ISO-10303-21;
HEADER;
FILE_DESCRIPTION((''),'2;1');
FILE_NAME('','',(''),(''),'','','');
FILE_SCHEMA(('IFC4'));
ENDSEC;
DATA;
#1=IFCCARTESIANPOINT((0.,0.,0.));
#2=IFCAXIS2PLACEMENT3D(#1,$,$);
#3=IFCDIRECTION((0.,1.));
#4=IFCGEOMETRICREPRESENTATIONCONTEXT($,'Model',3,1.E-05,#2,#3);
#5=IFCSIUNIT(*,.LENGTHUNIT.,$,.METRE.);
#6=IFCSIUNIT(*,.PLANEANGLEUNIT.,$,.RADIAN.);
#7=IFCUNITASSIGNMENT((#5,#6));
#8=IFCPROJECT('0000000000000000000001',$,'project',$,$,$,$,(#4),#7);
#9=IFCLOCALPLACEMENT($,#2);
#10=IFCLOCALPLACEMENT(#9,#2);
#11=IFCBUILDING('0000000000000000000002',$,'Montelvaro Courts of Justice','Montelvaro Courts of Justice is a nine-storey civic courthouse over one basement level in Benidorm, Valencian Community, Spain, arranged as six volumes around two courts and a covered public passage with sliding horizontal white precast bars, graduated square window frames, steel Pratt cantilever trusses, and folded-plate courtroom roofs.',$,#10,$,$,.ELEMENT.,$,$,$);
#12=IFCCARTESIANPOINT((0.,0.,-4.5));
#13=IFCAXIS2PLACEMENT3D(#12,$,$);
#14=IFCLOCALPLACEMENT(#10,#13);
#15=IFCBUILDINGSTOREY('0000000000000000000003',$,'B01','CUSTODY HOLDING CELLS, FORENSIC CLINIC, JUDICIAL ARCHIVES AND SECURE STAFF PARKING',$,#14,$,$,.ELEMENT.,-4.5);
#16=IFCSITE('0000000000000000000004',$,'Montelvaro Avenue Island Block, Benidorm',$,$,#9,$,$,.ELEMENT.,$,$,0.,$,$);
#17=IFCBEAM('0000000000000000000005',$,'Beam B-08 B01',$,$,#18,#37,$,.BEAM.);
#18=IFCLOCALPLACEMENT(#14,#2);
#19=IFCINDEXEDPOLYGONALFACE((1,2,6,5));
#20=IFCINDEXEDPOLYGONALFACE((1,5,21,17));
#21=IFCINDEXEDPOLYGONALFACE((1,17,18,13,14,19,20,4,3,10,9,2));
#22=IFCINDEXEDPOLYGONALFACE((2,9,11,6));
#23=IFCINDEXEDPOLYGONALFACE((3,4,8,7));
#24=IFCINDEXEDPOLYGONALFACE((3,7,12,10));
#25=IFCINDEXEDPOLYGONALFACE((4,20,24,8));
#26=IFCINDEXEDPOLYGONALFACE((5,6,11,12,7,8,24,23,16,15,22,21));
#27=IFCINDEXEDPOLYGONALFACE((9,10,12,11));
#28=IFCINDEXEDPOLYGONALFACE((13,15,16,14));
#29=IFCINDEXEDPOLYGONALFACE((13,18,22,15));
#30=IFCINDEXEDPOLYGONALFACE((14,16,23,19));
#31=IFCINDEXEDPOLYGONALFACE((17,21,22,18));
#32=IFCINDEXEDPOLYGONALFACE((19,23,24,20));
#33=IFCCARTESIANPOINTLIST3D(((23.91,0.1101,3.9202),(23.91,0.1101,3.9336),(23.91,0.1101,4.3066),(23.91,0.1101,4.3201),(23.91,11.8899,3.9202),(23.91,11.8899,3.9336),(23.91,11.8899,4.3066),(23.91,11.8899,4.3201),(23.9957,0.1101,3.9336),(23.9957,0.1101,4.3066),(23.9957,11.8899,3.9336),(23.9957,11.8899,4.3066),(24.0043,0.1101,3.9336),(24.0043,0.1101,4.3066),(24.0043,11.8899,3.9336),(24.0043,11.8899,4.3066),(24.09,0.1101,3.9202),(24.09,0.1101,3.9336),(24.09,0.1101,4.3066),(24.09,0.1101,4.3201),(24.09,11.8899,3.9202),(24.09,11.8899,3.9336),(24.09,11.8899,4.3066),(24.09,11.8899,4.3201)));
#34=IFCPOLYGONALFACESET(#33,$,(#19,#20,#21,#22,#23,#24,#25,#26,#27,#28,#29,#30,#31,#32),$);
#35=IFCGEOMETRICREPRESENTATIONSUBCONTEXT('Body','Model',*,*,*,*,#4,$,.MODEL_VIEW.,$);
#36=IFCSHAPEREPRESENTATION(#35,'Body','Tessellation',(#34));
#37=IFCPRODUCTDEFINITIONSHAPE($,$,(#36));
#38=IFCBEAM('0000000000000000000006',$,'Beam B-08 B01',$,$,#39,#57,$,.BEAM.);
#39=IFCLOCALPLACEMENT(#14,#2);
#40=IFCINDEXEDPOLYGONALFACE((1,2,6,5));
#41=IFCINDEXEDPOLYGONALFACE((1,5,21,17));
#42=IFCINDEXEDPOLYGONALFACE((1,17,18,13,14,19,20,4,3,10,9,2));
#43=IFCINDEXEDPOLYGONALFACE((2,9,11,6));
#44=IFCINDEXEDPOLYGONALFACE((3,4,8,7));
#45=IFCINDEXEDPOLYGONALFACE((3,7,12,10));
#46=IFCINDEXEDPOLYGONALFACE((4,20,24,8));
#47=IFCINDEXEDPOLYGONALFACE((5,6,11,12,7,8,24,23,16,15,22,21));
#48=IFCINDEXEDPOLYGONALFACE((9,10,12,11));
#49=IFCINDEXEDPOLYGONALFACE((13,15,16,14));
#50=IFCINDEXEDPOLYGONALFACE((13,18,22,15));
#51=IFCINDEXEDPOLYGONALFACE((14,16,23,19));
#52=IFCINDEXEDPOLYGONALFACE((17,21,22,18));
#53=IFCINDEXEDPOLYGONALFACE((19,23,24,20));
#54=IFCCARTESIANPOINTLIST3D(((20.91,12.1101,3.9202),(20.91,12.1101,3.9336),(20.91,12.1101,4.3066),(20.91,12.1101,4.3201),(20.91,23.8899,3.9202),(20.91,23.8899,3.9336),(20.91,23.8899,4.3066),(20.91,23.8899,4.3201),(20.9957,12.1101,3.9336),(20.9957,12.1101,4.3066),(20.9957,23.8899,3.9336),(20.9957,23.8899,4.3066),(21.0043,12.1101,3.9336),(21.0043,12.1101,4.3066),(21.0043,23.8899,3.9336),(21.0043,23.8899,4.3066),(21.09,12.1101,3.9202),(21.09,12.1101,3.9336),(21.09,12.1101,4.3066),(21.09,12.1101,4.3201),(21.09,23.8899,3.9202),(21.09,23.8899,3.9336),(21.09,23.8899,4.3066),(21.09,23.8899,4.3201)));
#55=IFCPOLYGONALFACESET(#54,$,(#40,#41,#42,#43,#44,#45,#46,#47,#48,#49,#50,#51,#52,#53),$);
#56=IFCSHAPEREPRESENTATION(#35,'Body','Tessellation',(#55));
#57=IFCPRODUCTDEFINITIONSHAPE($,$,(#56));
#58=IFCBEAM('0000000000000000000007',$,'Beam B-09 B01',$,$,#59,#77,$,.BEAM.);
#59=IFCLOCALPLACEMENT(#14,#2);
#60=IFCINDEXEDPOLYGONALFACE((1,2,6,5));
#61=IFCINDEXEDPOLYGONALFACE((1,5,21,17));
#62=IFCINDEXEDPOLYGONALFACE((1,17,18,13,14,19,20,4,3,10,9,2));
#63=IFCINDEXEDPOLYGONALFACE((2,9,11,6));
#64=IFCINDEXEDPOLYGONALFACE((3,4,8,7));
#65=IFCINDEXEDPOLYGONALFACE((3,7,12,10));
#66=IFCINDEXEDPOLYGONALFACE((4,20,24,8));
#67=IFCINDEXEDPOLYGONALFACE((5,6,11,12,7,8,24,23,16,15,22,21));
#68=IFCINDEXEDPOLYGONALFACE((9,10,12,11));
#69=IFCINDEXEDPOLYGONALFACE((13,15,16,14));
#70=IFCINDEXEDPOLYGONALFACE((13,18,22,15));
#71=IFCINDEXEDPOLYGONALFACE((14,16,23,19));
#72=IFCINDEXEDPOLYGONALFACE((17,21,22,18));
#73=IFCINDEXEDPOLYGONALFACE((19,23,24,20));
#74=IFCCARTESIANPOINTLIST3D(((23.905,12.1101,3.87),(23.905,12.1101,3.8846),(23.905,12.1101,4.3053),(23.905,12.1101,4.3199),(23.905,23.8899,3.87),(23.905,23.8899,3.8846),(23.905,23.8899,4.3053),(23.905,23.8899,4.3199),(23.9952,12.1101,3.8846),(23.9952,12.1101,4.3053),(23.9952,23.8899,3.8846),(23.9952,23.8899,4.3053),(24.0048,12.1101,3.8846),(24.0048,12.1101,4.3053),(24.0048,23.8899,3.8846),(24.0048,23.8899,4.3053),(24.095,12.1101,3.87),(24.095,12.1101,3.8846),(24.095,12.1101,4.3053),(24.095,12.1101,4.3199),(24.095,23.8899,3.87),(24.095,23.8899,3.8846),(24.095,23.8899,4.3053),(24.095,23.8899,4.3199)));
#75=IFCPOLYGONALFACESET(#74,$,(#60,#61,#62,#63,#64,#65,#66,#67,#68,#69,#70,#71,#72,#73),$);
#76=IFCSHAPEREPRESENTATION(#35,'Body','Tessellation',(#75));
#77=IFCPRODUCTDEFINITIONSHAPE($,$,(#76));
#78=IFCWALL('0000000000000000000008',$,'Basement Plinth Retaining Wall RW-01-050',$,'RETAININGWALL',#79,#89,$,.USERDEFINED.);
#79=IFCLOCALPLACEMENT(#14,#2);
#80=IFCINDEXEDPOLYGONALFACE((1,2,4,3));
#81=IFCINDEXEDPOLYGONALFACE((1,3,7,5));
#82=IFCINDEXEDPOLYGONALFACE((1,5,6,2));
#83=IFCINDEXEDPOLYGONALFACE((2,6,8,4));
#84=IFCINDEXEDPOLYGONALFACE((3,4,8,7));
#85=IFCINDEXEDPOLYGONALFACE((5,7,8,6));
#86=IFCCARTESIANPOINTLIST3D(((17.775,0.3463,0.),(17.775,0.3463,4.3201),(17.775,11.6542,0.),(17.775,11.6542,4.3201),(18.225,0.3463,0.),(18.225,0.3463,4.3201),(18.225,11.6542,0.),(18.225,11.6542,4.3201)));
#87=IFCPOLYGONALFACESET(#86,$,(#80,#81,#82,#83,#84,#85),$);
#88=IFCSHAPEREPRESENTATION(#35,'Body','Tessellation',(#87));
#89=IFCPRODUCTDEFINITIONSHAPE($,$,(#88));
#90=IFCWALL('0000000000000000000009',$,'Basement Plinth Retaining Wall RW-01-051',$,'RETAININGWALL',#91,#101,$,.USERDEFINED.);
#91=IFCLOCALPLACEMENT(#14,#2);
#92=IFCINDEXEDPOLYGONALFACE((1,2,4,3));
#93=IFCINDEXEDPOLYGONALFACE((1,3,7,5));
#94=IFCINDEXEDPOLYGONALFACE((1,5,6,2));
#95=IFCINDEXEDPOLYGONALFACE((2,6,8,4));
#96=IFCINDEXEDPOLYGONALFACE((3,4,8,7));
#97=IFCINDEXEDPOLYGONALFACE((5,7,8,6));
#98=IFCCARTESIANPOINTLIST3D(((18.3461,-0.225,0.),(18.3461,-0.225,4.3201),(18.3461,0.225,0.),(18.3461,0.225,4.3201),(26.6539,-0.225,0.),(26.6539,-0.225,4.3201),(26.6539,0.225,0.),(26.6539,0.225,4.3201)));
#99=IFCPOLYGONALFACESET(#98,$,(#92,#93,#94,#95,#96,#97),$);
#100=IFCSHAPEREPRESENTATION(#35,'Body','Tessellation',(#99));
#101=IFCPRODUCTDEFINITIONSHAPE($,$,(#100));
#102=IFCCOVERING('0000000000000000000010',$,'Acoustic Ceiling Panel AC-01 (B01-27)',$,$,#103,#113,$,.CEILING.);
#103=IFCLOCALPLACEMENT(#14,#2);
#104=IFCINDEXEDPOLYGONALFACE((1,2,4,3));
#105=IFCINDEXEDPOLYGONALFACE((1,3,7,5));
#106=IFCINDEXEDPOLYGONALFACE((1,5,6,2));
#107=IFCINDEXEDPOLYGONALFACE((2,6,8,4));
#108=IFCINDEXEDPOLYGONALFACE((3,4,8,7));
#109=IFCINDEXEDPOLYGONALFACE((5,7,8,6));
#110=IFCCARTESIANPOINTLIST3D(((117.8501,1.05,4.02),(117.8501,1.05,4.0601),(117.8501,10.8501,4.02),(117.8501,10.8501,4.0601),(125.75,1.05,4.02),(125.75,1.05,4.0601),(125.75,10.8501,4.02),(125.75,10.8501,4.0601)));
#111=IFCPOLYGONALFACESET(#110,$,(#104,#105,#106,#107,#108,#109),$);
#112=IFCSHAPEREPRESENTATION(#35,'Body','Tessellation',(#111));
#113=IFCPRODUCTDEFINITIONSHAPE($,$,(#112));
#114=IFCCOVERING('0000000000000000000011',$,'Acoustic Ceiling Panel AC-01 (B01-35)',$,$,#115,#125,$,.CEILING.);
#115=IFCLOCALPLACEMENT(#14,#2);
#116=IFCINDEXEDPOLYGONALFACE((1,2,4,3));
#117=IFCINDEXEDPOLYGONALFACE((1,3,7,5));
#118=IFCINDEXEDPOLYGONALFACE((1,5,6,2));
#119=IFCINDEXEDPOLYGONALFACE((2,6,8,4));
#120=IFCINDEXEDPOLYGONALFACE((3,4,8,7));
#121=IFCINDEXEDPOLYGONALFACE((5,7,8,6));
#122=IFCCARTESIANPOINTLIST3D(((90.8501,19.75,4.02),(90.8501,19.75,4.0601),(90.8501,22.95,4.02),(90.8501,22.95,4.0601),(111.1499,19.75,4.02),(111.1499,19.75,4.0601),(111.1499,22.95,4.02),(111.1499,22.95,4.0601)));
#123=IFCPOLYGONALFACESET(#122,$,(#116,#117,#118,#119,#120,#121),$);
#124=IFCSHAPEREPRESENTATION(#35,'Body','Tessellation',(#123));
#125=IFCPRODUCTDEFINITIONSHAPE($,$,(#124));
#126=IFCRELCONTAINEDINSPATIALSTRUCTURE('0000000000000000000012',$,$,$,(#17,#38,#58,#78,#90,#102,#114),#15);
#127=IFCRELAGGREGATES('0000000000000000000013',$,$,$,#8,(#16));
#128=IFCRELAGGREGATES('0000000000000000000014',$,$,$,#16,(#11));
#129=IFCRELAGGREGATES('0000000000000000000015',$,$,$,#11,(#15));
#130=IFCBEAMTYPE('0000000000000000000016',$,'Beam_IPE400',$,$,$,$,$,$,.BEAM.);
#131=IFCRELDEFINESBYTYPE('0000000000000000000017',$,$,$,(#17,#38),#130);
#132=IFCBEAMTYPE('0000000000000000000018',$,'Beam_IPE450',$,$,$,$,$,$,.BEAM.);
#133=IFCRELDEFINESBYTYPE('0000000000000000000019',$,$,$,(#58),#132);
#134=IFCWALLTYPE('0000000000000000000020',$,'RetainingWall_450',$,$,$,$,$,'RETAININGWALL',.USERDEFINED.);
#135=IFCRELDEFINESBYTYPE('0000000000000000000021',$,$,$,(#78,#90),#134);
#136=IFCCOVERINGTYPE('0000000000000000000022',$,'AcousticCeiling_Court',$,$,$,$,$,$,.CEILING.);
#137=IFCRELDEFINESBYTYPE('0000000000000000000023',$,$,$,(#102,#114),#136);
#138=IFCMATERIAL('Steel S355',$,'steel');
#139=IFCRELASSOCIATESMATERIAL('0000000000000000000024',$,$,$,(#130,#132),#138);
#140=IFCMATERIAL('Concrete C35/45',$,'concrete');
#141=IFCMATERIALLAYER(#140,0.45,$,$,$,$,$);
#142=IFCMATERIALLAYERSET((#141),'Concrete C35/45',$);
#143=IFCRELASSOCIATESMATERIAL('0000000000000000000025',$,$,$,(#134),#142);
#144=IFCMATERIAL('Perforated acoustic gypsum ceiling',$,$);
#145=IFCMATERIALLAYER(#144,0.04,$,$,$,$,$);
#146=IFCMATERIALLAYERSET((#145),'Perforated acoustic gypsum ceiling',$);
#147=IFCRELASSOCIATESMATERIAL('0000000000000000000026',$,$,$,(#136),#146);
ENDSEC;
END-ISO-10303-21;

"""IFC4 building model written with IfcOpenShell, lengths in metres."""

from ifc_helpers import new_model, si_unit, direction, frame, frame_2d, origin, origin_2d, place, context, subcontext, project, spatial, polyline, rectangle, i_section, outline, extrude, material, layer, layer_set, material_profile, profile_set, type_object, element, save


model = new_model("IFC4")

# Units and contexts
model_context = context("Model", 3, precision=1e-05, world=origin(), true_north=direction((0.0, 1.0)))
body_context = subcontext(model_context, "Body", "Model", "MODEL_VIEW")
ifc_project = project(units=[si_unit("LENGTHUNIT", "METRE"), si_unit("PLANEANGLEUNIT", "RADIAN")], contexts=[model_context])

# Site, building, storey
site_placement = place(None, origin())
site = spatial("IfcSite", under=ifc_project, at=site_placement, Name="Montelvaro Avenue Island Block, Benidorm", CompositionType="ELEMENT", RefElevation=0.0)
building_placement = place(site_placement, origin())
building = spatial("IfcBuilding", under=site, at=building_placement, Name="Montelvaro Courts of Justice", Description="Montelvaro Courts of Justice is a nine-storey civic courthouse over one basement level in Benidorm, Valencian Community, Spain, arranged as six volumes around two courts and a covered public passage with sliding horizontal white precast bars, graduated square window frames, steel Pratt cantilever trusses, and folded-plate courtroom roofs.", CompositionType="ELEMENT")
storey_placement = place(building_placement, frame((0.0, 0.0, -4.5)))
storey = spatial("IfcBuildingStorey", under=building, at=storey_placement, Name="B01", Description="CUSTODY HOLDING CELLS, FORENSIC CLINIC, JUDICIAL ARCHIVES AND SECURE STAFF PARKING", CompositionType="ELEMENT", Elevation=-4.5)

# Shared definitions
ifc_material_1 = material(Name="Concrete C35/45", Category="concrete")

# Beams
ifc_material_2 = material(Name="Steel S355", Category="steel")
ifc_material_profile_1 = material_profile(ifc_material_2, i_section(OverallWidth=0.1799, OverallDepth=0.3999, WebThickness=0.0085, FlangeThickness=0.0134, at=origin_2d()), Name="IPE 400")
ifc_profile_set_1 = profile_set([ifc_material_profile_1], Name="Steel S355")
beam_type_1 = type_object("IfcBeamType", Name="Beam_IPE400", PredefinedType="BEAM", material=ifc_profile_set_1)
for number, where, z_axis, x_axis, name in (
    (1, (24.0, 0.1101, 4.1201), (0.0, 1.0, 0.0), (-1.0, 0.0, 0.0), "Beam B-08 B01"),
    (2, (21.0, 12.1101, 4.1201), (0.0, 1.0, 0.0), (-1.0, 0.0, 0.0), "Beam B-08 B01"),
):
    element("IfcBeam", number, at=place(storey_placement, frame(where, z_axis=z_axis, x_axis=x_axis)), inside=storey, type_object=beam_type_1, Name=name, PredefinedType="BEAM", context=body_context, shape_type="SweptSolid", body=[
        extrude(i_section(OverallWidth=0.1799, OverallDepth=0.3999, WebThickness=0.0085, FlangeThickness=0.0134, at=origin_2d()), origin(), (0.0, 0.0, 1.0), 11.7798),
    ])
ifc_material_profile_2 = material_profile(ifc_material_2, i_section(OverallWidth=0.1899, OverallDepth=0.45, WebThickness=0.0095, FlangeThickness=0.0146, at=origin_2d()), Name="IPE 450")
ifc_profile_set_2 = profile_set([ifc_material_profile_2], Name="Steel S355")
beam_type_2 = type_object("IfcBeamType", Name="Beam_IPE450", PredefinedType="BEAM", material=ifc_profile_set_2)
beam_1_placement = place(storey_placement, frame((24.0, 12.1101, 4.095), z_axis=(0.0, 1.0, 0.0), x_axis=(-1.0, 0.0, 0.0)))
element("IfcBeam", 3, at=beam_1_placement, inside=storey, type_object=beam_type_2, Name="Beam B-09 B01", PredefinedType="BEAM", context=body_context, shape_type="SweptSolid", body=[
    extrude(i_section(OverallWidth=0.1899, OverallDepth=0.45, WebThickness=0.0095, FlangeThickness=0.0146, at=origin_2d()), origin(), (0.0, 0.0, 1.0), 11.7798),
])

# Walls
ifc_layer_1 = layer(ifc_material_1, 0.45)
ifc_layer_set_1 = layer_set([ifc_layer_1], Name="Concrete C35/45")
wall_type = type_object("IfcWallType", Name="RetainingWall_450", ElementType="RETAININGWALL", PredefinedType="USERDEFINED", material=ifc_layer_set_1)
wall_1_placement = place(storey_placement, frame((18.0, 11.6541, 0.0), z_axis=(0.0, 0.0, 1.0), x_axis=(0.0, -1.0, 0.0)))
element("IfcWall", 4, at=wall_1_placement, inside=storey, type_object=wall_type, Name="Basement Plinth Retaining Wall RW-01-050", ObjectType="RETAININGWALL", PredefinedType="USERDEFINED", context=body_context, shape_type="SweptSolid", body=[
    extrude(rectangle(XDim=11.3079, YDim=0.45, at=frame_2d((5.6538, 0.0))), origin(), (0.0, 0.0, 1.0), 4.3201),
])
wall_2_placement = place(storey_placement, frame((18.3462, 0.0, 0.0), z_axis=(0.0, 0.0, 1.0), x_axis=(1.0, 0.0, 0.0)))
element("IfcWall", 5, at=wall_2_placement, inside=storey, type_object=wall_type, Name="Basement Plinth Retaining Wall RW-01-051", ObjectType="RETAININGWALL", PredefinedType="USERDEFINED", context=body_context, shape_type="SweptSolid", body=[
    extrude(rectangle(XDim=8.3079, YDim=0.45, at=frame_2d((4.1538, 0.0))), origin(), (0.0, 0.0, 1.0), 4.3201),
])

# Coverings
ifc_material_3 = material(Name="Perforated acoustic gypsum ceiling")
ifc_layer_2 = layer(ifc_material_3, 0.04)
ifc_layer_set_2 = layer_set([ifc_layer_2], Name="Perforated acoustic gypsum ceiling")
covering_type = type_object("IfcCoveringType", Name="AcousticCeiling_Court", PredefinedType="CEILING", material=ifc_layer_set_2)
covering_1_placement = place(storey_placement, frame((0.0, 0.0, 4.02)))
element("IfcCovering", 6, at=covering_1_placement, inside=storey, type_object=covering_type, Name="Acoustic Ceiling Panel AC-01 (B01-27)", PredefinedType="CEILING", context=body_context, shape_type="SweptSolid", body=[
    extrude(outline(polyline([(125.75, 1.05), (117.8501, 1.05), (117.8501, 10.8501), (125.75, 10.8501), (125.75, 1.05)])), origin(), (0.0, 0.0, 1.0), 0.04),
])
covering_2_placement = place(storey_placement, frame((0.0, 0.0, 4.02)))
element("IfcCovering", 7, at=covering_2_placement, inside=storey, type_object=covering_type, Name="Acoustic Ceiling Panel AC-01 (B01-35)", PredefinedType="CEILING", context=body_context, shape_type="SweptSolid", body=[
    extrude(outline(polyline([(111.1499, 19.75), (90.8501, 19.75), (90.8501, 22.95), (111.1499, 22.95), (111.1499, 19.75)])), origin(), (0.0, 0.0, 1.0), 0.04),
])

save(model, "model.ifc")
